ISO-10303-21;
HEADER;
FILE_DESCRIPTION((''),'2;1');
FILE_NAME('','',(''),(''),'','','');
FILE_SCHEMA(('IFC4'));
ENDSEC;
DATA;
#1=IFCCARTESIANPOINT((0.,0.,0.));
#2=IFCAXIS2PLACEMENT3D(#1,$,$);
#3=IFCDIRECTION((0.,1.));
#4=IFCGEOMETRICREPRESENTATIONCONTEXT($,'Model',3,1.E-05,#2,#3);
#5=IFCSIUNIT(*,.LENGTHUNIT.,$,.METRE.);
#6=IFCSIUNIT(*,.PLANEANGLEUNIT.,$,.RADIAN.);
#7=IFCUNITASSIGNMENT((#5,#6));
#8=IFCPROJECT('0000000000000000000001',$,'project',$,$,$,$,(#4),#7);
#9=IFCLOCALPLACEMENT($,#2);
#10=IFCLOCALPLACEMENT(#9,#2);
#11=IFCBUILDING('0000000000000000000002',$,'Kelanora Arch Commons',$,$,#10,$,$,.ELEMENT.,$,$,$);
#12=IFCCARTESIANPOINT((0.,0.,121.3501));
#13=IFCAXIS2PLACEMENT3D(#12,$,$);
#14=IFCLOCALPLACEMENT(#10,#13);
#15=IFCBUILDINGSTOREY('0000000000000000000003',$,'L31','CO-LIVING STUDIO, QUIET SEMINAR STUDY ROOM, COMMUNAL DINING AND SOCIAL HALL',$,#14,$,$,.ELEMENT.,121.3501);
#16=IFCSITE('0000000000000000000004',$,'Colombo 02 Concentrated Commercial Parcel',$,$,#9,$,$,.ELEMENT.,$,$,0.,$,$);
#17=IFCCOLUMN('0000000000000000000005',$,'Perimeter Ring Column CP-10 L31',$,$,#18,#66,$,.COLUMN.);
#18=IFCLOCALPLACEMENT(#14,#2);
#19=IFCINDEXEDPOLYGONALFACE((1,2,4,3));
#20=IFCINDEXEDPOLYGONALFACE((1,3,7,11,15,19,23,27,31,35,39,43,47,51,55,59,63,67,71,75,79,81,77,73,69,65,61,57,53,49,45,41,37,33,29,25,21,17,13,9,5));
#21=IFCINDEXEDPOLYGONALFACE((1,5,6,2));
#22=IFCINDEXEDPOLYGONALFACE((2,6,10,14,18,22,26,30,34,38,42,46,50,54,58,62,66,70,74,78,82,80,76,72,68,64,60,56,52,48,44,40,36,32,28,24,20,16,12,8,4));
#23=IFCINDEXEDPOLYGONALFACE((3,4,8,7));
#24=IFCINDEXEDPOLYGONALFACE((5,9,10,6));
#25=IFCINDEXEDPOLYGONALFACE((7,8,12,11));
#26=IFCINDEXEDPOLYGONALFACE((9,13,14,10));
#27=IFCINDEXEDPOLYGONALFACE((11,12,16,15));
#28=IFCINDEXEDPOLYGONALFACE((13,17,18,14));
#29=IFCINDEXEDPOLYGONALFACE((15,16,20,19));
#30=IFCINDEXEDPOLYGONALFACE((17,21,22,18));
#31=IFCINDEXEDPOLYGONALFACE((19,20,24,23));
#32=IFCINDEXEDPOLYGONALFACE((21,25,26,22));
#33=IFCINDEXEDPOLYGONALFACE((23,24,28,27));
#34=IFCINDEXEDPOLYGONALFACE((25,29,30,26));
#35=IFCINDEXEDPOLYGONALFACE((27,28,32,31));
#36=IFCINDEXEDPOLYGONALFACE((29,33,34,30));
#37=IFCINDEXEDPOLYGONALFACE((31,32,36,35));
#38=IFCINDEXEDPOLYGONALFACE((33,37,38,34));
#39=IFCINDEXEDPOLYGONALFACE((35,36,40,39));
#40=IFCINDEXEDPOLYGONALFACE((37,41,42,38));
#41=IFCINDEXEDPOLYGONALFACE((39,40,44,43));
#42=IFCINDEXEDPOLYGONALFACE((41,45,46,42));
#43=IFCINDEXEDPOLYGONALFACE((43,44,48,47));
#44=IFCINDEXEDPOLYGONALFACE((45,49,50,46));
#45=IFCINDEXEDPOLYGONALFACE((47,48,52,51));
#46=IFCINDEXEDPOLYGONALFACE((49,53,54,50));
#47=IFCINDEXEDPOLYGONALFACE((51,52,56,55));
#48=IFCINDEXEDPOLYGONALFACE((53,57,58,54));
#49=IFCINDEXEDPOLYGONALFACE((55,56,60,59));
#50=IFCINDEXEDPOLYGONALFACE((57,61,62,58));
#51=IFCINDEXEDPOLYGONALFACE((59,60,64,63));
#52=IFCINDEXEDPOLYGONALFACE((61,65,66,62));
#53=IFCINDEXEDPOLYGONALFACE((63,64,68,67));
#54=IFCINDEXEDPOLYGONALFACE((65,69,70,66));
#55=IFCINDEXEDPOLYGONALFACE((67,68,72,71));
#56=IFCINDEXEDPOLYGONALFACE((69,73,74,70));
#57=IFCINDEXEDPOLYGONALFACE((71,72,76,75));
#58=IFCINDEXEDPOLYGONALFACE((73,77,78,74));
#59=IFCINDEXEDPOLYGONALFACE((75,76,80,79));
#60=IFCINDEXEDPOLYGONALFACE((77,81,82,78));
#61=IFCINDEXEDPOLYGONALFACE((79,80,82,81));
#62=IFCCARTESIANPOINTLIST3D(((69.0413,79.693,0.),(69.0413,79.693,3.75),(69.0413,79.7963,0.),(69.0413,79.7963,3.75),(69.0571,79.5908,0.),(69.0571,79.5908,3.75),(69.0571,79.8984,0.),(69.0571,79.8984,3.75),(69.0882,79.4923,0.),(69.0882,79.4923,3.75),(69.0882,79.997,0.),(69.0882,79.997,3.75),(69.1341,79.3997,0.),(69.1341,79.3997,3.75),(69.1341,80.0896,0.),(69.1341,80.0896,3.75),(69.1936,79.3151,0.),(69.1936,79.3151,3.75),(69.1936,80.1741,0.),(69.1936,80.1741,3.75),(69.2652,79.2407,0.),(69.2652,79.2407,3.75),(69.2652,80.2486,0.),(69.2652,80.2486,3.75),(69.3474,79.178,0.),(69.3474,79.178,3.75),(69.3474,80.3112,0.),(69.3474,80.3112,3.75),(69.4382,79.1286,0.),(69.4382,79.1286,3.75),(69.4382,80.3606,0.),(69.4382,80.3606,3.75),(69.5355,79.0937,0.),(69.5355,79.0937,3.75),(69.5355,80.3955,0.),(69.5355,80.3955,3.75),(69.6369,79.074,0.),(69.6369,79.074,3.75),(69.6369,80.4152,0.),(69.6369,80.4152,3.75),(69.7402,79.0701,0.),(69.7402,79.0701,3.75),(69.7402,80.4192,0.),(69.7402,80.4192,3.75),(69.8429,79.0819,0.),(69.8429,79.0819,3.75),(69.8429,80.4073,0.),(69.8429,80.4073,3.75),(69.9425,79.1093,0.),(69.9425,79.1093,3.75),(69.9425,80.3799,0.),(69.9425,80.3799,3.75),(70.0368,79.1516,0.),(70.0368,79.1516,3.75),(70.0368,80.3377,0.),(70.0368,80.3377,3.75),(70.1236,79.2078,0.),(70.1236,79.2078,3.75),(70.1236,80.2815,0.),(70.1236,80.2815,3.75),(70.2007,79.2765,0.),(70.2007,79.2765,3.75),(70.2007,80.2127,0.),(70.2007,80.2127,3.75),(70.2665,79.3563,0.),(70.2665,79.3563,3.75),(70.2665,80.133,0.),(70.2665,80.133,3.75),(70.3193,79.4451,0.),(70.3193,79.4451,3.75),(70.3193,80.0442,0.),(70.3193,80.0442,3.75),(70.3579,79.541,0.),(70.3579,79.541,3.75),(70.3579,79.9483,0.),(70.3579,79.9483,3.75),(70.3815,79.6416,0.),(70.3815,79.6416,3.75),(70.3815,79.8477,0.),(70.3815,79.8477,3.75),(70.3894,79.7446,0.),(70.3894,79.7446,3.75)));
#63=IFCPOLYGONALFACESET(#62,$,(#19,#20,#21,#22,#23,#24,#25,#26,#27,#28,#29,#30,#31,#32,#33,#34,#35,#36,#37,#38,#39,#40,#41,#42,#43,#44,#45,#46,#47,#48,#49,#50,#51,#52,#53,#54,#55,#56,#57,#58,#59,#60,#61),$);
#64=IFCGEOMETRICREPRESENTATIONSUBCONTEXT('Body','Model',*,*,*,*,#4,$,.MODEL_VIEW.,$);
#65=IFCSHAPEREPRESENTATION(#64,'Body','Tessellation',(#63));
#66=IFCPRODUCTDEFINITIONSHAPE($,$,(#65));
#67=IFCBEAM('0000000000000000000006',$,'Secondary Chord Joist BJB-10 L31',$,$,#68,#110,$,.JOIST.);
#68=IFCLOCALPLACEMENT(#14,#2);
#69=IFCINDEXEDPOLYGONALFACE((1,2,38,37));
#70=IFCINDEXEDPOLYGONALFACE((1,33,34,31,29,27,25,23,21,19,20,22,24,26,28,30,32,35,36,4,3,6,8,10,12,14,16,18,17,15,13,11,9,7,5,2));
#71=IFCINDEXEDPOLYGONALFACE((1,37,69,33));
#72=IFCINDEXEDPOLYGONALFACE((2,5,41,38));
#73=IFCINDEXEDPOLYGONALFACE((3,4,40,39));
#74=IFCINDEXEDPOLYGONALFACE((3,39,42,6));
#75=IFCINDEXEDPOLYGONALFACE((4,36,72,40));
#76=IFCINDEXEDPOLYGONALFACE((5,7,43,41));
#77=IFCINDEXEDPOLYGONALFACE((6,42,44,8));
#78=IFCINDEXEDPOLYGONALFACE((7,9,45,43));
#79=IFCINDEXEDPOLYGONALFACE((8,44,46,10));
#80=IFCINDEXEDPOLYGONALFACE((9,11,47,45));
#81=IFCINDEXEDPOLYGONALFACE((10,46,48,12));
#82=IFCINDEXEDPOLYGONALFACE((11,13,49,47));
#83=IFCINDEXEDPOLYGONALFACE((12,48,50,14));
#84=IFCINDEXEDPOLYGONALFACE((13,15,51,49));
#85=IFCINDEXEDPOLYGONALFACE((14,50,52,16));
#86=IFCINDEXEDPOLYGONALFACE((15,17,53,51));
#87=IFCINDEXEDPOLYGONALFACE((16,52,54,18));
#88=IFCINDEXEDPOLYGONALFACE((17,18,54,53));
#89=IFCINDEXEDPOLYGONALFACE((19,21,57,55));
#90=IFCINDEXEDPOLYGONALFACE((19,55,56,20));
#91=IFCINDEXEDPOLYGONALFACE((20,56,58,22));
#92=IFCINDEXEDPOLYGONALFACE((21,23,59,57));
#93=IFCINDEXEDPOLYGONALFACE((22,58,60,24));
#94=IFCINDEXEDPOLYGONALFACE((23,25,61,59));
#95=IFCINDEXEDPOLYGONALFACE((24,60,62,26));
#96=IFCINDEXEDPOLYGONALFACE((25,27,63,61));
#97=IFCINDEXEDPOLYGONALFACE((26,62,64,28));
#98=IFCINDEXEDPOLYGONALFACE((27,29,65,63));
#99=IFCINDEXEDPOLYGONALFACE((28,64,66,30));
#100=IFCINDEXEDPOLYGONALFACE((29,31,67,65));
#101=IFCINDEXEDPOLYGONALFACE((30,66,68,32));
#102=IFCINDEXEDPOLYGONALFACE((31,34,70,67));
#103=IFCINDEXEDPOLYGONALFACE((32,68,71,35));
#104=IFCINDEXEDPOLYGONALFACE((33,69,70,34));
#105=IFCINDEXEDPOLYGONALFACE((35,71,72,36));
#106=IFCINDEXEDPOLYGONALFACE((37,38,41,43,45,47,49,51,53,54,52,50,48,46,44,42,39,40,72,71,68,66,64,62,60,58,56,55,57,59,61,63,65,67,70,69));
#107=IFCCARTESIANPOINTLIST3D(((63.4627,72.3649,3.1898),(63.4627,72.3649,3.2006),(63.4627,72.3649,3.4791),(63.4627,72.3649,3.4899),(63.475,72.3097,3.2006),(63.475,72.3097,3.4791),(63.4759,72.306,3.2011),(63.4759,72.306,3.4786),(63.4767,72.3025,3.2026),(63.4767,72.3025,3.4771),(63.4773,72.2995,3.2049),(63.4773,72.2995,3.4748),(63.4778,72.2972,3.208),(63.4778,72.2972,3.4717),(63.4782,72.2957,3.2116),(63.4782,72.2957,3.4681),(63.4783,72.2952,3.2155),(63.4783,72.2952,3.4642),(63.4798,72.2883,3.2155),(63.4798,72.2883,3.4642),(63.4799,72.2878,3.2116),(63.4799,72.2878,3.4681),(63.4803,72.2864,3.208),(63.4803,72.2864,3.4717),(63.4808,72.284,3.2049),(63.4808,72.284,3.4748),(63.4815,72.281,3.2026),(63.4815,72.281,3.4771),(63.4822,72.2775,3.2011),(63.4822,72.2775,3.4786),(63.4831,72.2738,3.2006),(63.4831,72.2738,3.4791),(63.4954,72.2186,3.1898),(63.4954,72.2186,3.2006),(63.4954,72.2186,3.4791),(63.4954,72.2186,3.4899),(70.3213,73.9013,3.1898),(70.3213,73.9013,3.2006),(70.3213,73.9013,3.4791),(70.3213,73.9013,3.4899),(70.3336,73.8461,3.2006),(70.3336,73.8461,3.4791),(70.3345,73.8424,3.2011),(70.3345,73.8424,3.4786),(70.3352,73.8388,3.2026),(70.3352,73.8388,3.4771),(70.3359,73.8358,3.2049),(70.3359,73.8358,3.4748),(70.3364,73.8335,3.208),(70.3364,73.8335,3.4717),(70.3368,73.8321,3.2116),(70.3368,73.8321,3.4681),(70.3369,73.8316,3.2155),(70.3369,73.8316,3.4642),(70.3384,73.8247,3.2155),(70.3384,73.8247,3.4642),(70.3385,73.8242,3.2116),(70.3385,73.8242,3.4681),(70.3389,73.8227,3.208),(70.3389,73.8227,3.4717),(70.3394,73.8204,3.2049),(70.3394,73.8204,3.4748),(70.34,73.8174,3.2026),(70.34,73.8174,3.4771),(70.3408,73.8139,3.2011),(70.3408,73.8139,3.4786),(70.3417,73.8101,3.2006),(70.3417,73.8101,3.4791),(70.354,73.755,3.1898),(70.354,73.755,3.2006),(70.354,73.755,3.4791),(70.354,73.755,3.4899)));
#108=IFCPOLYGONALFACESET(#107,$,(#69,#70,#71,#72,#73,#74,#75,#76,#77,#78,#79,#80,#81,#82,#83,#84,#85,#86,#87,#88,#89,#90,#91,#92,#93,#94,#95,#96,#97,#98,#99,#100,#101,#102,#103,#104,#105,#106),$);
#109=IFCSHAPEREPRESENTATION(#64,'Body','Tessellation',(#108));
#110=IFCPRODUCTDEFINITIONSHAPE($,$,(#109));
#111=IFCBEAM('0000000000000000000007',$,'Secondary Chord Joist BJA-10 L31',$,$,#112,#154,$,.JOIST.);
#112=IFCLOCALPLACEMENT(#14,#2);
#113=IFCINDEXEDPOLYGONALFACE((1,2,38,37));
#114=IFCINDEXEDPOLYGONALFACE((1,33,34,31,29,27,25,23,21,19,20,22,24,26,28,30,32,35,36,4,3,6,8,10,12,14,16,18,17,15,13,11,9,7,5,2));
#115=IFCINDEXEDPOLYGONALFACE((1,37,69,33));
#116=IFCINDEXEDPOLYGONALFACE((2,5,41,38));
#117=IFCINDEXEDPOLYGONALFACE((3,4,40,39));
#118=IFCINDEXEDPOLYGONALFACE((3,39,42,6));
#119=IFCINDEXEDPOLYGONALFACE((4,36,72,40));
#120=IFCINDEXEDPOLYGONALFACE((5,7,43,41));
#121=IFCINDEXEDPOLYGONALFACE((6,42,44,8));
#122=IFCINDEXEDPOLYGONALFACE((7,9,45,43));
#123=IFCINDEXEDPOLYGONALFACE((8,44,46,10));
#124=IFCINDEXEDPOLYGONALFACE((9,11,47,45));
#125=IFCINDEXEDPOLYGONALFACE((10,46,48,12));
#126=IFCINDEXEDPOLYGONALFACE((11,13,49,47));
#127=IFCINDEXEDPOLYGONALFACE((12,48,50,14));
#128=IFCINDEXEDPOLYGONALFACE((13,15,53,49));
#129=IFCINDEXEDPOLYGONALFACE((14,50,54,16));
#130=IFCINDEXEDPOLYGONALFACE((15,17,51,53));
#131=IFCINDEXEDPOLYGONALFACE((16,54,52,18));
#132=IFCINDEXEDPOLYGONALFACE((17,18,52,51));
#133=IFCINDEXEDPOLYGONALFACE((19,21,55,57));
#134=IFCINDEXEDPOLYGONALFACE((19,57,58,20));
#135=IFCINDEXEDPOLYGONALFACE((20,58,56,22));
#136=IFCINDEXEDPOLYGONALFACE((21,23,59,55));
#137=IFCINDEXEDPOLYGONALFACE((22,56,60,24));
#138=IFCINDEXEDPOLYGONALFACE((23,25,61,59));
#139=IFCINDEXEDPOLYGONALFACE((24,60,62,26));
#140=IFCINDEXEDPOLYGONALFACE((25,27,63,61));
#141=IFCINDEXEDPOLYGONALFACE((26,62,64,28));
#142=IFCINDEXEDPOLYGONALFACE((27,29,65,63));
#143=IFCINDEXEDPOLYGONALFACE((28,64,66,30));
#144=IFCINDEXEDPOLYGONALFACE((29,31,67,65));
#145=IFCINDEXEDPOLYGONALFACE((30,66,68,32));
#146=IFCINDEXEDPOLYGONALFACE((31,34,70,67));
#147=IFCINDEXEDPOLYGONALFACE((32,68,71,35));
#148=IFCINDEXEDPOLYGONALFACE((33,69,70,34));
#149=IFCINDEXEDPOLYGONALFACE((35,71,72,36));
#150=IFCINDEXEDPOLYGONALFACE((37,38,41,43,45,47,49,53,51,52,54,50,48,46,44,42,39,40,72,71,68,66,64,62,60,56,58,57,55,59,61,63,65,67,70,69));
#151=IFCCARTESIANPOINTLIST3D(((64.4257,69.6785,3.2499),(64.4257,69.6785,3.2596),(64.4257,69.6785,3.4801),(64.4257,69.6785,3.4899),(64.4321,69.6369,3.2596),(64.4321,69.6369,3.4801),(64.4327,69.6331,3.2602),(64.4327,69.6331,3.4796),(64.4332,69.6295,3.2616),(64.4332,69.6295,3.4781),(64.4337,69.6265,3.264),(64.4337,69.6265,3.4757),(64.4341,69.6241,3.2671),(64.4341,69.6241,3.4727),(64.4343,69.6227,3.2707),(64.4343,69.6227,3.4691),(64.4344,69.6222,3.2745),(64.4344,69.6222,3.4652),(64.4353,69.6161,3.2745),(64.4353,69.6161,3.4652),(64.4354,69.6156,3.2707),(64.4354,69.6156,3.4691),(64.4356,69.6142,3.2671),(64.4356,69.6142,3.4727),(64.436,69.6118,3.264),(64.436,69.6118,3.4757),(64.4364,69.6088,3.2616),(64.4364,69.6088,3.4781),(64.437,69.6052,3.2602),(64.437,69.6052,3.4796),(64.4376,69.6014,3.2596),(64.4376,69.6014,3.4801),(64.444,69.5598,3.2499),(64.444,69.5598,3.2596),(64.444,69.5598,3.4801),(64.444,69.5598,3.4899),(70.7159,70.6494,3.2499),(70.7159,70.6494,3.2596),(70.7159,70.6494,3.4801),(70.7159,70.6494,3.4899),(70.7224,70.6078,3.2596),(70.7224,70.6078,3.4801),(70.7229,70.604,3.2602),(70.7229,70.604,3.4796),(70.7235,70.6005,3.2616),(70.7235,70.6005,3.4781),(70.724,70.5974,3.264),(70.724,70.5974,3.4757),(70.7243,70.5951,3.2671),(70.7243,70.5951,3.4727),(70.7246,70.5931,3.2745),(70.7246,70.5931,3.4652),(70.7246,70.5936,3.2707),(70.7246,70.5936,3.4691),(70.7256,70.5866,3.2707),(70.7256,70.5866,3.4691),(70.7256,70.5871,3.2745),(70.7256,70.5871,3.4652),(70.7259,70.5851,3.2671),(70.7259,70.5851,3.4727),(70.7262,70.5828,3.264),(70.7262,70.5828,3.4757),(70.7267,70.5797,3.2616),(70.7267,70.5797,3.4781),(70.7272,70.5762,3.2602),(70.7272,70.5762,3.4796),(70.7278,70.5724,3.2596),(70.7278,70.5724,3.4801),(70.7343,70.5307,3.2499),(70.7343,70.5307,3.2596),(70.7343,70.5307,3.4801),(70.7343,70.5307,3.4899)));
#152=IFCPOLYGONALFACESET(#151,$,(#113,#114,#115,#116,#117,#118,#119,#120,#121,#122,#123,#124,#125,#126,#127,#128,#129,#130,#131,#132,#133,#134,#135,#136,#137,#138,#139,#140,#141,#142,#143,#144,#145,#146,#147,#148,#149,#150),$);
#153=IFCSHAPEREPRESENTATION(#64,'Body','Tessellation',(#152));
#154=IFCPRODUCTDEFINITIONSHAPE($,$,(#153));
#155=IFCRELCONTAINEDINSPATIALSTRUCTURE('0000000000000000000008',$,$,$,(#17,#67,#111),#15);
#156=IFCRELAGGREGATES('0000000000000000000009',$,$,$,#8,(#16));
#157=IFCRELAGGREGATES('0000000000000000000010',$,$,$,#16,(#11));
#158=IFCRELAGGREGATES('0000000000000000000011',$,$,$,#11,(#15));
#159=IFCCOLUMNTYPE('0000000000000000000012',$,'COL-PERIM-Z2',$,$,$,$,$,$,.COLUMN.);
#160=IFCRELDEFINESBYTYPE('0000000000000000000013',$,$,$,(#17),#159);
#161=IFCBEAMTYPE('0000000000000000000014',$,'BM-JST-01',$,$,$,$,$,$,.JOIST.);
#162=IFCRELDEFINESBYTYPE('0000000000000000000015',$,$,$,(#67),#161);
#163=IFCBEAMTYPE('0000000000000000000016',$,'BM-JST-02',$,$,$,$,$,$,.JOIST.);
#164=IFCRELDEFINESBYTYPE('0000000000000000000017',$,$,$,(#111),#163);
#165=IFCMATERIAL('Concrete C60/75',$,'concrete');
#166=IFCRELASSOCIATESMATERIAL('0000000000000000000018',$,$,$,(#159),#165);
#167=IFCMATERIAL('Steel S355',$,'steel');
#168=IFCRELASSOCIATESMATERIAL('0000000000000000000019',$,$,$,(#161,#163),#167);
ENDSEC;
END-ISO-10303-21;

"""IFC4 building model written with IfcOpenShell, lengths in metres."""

from ifc_helpers import new_model, si_unit, direction, frame, origin, origin_2d, place, context, subcontext, project, spatial, circle, i_section, extrude, material, material_profile, profile_set, type_object, element, save


model = new_model("IFC4")

# Units and contexts
model_context = context("Model", 3, precision=1e-05, world=origin(), true_north=direction((0.0, 1.0)))
body_context = subcontext(model_context, "Body", "Model", "MODEL_VIEW")
ifc_project = project(units=[si_unit("LENGTHUNIT", "METRE"), si_unit("PLANEANGLEUNIT", "RADIAN")], contexts=[model_context])

# Site, building, storey
site_placement = place(None, origin())
site = spatial("IfcSite", under=ifc_project, at=site_placement, Name="Colombo 02 Concentrated Commercial Parcel", CompositionType="ELEMENT", RefElevation=0.0)
building_placement = place(site_placement, origin())
building = spatial("IfcBuilding", under=site, at=building_placement, Name="Kelanora Arch Commons", CompositionType="ELEMENT")
storey_placement = place(building_placement, frame((0.0, 0.0, 121.3501)))
storey = spatial("IfcBuildingStorey", under=building, at=storey_placement, Name="L31", Description="CO-LIVING STUDIO, QUIET SEMINAR STUDY ROOM, COMMUNAL DINING AND SOCIAL HALL", CompositionType="ELEMENT", Elevation=121.3501)

# Column
ifc_material_1 = material(Name="Concrete C60/75", Category="concrete")
ifc_material_profile_1 = material_profile(ifc_material_1, circle(Radius=0.675, at=origin_2d()), Name="RCC1350")
ifc_profile_set_1 = profile_set([ifc_material_profile_1], Name="Concrete C60/75")
column_type = type_object("IfcColumnType", Name="COL-PERIM-Z2", PredefinedType="COLUMN", material=ifc_profile_set_1)
column_placement = place(storey_placement, frame((69.7144, 79.7446, 0.0), z_axis=(0.0, 0.0, 1.0), x_axis=(1.0, 0.0, 0.0)))
element("IfcColumn", 1, at=column_placement, inside=storey, type_object=column_type, Name="Perimeter Ring Column CP-10 L31", PredefinedType="COLUMN", context=body_context, shape_type="SweptSolid", body=[
    extrude(circle(Radius=0.675, at=origin_2d()), origin(), (0.0, 0.0, 1.0), 3.75),
])

# Beams
ifc_material_2 = material(Name="Steel S355", Category="steel")
ifc_material_profile_2 = material_profile(ifc_material_2, i_section(OverallWidth=0.1499, OverallDepth=0.3, WebThickness=0.0071, FlangeThickness=0.0107, FilletRadius=0.0149, at=origin_2d()), Name="IPE300")
ifc_profile_set_2 = profile_set([ifc_material_profile_2], Name="Steel S355")
beam_type_1 = type_object("IfcBeamType", Name="BM-JST-01", PredefinedType="JOIST", material=ifc_profile_set_2)
beam_1_placement = place(storey_placement, frame((70.3376, 73.8281, 3.3398), z_axis=(-0.975817, -0.218589, 0.0), x_axis=(0.218589, -0.975817, 0.0)))
element("IfcBeam", 2, at=beam_1_placement, inside=storey, type_object=beam_type_1, Name="Secondary Chord Joist BJB-10 L31", PredefinedType="JOIST", context=body_context, shape_type="SweptSolid", body=[
    extrude(i_section(OverallWidth=0.1499, OverallDepth=0.3, WebThickness=0.0071, FlangeThickness=0.0107, FilletRadius=0.0149, at=origin_2d()), origin(), (0.0, 0.0, 1.0), 7.0286),
])
ifc_material_profile_3 = material_profile(ifc_material_2, i_section(OverallWidth=0.1201, OverallDepth=0.24, WebThickness=0.0061, FlangeThickness=0.0098, FilletRadius=0.0149, at=origin_2d()), Name="IPE240")
ifc_profile_set_3 = profile_set([ifc_material_profile_3], Name="Steel S355")
beam_type_2 = type_object("IfcBeamType", Name="BM-JST-02", PredefinedType="JOIST", material=ifc_profile_set_3)
beam_2_placement = place(storey_placement, frame((70.7251, 70.5901, 3.3699), z_axis=(-0.988296, -0.15255, 0.0), x_axis=(0.15255, -0.988296, 0.0)))
element("IfcBeam", 3, at=beam_2_placement, inside=storey, type_object=beam_type_2, Name="Secondary Chord Joist BJA-10 L31", PredefinedType="JOIST", context=body_context, shape_type="SweptSolid", body=[
    extrude(i_section(OverallWidth=0.1201, OverallDepth=0.24, WebThickness=0.0061, FlangeThickness=0.0098, FilletRadius=0.0149, at=origin_2d()), origin(), (0.0, 0.0, 1.0), 6.3647),
])

save(model, "model.ifc")
